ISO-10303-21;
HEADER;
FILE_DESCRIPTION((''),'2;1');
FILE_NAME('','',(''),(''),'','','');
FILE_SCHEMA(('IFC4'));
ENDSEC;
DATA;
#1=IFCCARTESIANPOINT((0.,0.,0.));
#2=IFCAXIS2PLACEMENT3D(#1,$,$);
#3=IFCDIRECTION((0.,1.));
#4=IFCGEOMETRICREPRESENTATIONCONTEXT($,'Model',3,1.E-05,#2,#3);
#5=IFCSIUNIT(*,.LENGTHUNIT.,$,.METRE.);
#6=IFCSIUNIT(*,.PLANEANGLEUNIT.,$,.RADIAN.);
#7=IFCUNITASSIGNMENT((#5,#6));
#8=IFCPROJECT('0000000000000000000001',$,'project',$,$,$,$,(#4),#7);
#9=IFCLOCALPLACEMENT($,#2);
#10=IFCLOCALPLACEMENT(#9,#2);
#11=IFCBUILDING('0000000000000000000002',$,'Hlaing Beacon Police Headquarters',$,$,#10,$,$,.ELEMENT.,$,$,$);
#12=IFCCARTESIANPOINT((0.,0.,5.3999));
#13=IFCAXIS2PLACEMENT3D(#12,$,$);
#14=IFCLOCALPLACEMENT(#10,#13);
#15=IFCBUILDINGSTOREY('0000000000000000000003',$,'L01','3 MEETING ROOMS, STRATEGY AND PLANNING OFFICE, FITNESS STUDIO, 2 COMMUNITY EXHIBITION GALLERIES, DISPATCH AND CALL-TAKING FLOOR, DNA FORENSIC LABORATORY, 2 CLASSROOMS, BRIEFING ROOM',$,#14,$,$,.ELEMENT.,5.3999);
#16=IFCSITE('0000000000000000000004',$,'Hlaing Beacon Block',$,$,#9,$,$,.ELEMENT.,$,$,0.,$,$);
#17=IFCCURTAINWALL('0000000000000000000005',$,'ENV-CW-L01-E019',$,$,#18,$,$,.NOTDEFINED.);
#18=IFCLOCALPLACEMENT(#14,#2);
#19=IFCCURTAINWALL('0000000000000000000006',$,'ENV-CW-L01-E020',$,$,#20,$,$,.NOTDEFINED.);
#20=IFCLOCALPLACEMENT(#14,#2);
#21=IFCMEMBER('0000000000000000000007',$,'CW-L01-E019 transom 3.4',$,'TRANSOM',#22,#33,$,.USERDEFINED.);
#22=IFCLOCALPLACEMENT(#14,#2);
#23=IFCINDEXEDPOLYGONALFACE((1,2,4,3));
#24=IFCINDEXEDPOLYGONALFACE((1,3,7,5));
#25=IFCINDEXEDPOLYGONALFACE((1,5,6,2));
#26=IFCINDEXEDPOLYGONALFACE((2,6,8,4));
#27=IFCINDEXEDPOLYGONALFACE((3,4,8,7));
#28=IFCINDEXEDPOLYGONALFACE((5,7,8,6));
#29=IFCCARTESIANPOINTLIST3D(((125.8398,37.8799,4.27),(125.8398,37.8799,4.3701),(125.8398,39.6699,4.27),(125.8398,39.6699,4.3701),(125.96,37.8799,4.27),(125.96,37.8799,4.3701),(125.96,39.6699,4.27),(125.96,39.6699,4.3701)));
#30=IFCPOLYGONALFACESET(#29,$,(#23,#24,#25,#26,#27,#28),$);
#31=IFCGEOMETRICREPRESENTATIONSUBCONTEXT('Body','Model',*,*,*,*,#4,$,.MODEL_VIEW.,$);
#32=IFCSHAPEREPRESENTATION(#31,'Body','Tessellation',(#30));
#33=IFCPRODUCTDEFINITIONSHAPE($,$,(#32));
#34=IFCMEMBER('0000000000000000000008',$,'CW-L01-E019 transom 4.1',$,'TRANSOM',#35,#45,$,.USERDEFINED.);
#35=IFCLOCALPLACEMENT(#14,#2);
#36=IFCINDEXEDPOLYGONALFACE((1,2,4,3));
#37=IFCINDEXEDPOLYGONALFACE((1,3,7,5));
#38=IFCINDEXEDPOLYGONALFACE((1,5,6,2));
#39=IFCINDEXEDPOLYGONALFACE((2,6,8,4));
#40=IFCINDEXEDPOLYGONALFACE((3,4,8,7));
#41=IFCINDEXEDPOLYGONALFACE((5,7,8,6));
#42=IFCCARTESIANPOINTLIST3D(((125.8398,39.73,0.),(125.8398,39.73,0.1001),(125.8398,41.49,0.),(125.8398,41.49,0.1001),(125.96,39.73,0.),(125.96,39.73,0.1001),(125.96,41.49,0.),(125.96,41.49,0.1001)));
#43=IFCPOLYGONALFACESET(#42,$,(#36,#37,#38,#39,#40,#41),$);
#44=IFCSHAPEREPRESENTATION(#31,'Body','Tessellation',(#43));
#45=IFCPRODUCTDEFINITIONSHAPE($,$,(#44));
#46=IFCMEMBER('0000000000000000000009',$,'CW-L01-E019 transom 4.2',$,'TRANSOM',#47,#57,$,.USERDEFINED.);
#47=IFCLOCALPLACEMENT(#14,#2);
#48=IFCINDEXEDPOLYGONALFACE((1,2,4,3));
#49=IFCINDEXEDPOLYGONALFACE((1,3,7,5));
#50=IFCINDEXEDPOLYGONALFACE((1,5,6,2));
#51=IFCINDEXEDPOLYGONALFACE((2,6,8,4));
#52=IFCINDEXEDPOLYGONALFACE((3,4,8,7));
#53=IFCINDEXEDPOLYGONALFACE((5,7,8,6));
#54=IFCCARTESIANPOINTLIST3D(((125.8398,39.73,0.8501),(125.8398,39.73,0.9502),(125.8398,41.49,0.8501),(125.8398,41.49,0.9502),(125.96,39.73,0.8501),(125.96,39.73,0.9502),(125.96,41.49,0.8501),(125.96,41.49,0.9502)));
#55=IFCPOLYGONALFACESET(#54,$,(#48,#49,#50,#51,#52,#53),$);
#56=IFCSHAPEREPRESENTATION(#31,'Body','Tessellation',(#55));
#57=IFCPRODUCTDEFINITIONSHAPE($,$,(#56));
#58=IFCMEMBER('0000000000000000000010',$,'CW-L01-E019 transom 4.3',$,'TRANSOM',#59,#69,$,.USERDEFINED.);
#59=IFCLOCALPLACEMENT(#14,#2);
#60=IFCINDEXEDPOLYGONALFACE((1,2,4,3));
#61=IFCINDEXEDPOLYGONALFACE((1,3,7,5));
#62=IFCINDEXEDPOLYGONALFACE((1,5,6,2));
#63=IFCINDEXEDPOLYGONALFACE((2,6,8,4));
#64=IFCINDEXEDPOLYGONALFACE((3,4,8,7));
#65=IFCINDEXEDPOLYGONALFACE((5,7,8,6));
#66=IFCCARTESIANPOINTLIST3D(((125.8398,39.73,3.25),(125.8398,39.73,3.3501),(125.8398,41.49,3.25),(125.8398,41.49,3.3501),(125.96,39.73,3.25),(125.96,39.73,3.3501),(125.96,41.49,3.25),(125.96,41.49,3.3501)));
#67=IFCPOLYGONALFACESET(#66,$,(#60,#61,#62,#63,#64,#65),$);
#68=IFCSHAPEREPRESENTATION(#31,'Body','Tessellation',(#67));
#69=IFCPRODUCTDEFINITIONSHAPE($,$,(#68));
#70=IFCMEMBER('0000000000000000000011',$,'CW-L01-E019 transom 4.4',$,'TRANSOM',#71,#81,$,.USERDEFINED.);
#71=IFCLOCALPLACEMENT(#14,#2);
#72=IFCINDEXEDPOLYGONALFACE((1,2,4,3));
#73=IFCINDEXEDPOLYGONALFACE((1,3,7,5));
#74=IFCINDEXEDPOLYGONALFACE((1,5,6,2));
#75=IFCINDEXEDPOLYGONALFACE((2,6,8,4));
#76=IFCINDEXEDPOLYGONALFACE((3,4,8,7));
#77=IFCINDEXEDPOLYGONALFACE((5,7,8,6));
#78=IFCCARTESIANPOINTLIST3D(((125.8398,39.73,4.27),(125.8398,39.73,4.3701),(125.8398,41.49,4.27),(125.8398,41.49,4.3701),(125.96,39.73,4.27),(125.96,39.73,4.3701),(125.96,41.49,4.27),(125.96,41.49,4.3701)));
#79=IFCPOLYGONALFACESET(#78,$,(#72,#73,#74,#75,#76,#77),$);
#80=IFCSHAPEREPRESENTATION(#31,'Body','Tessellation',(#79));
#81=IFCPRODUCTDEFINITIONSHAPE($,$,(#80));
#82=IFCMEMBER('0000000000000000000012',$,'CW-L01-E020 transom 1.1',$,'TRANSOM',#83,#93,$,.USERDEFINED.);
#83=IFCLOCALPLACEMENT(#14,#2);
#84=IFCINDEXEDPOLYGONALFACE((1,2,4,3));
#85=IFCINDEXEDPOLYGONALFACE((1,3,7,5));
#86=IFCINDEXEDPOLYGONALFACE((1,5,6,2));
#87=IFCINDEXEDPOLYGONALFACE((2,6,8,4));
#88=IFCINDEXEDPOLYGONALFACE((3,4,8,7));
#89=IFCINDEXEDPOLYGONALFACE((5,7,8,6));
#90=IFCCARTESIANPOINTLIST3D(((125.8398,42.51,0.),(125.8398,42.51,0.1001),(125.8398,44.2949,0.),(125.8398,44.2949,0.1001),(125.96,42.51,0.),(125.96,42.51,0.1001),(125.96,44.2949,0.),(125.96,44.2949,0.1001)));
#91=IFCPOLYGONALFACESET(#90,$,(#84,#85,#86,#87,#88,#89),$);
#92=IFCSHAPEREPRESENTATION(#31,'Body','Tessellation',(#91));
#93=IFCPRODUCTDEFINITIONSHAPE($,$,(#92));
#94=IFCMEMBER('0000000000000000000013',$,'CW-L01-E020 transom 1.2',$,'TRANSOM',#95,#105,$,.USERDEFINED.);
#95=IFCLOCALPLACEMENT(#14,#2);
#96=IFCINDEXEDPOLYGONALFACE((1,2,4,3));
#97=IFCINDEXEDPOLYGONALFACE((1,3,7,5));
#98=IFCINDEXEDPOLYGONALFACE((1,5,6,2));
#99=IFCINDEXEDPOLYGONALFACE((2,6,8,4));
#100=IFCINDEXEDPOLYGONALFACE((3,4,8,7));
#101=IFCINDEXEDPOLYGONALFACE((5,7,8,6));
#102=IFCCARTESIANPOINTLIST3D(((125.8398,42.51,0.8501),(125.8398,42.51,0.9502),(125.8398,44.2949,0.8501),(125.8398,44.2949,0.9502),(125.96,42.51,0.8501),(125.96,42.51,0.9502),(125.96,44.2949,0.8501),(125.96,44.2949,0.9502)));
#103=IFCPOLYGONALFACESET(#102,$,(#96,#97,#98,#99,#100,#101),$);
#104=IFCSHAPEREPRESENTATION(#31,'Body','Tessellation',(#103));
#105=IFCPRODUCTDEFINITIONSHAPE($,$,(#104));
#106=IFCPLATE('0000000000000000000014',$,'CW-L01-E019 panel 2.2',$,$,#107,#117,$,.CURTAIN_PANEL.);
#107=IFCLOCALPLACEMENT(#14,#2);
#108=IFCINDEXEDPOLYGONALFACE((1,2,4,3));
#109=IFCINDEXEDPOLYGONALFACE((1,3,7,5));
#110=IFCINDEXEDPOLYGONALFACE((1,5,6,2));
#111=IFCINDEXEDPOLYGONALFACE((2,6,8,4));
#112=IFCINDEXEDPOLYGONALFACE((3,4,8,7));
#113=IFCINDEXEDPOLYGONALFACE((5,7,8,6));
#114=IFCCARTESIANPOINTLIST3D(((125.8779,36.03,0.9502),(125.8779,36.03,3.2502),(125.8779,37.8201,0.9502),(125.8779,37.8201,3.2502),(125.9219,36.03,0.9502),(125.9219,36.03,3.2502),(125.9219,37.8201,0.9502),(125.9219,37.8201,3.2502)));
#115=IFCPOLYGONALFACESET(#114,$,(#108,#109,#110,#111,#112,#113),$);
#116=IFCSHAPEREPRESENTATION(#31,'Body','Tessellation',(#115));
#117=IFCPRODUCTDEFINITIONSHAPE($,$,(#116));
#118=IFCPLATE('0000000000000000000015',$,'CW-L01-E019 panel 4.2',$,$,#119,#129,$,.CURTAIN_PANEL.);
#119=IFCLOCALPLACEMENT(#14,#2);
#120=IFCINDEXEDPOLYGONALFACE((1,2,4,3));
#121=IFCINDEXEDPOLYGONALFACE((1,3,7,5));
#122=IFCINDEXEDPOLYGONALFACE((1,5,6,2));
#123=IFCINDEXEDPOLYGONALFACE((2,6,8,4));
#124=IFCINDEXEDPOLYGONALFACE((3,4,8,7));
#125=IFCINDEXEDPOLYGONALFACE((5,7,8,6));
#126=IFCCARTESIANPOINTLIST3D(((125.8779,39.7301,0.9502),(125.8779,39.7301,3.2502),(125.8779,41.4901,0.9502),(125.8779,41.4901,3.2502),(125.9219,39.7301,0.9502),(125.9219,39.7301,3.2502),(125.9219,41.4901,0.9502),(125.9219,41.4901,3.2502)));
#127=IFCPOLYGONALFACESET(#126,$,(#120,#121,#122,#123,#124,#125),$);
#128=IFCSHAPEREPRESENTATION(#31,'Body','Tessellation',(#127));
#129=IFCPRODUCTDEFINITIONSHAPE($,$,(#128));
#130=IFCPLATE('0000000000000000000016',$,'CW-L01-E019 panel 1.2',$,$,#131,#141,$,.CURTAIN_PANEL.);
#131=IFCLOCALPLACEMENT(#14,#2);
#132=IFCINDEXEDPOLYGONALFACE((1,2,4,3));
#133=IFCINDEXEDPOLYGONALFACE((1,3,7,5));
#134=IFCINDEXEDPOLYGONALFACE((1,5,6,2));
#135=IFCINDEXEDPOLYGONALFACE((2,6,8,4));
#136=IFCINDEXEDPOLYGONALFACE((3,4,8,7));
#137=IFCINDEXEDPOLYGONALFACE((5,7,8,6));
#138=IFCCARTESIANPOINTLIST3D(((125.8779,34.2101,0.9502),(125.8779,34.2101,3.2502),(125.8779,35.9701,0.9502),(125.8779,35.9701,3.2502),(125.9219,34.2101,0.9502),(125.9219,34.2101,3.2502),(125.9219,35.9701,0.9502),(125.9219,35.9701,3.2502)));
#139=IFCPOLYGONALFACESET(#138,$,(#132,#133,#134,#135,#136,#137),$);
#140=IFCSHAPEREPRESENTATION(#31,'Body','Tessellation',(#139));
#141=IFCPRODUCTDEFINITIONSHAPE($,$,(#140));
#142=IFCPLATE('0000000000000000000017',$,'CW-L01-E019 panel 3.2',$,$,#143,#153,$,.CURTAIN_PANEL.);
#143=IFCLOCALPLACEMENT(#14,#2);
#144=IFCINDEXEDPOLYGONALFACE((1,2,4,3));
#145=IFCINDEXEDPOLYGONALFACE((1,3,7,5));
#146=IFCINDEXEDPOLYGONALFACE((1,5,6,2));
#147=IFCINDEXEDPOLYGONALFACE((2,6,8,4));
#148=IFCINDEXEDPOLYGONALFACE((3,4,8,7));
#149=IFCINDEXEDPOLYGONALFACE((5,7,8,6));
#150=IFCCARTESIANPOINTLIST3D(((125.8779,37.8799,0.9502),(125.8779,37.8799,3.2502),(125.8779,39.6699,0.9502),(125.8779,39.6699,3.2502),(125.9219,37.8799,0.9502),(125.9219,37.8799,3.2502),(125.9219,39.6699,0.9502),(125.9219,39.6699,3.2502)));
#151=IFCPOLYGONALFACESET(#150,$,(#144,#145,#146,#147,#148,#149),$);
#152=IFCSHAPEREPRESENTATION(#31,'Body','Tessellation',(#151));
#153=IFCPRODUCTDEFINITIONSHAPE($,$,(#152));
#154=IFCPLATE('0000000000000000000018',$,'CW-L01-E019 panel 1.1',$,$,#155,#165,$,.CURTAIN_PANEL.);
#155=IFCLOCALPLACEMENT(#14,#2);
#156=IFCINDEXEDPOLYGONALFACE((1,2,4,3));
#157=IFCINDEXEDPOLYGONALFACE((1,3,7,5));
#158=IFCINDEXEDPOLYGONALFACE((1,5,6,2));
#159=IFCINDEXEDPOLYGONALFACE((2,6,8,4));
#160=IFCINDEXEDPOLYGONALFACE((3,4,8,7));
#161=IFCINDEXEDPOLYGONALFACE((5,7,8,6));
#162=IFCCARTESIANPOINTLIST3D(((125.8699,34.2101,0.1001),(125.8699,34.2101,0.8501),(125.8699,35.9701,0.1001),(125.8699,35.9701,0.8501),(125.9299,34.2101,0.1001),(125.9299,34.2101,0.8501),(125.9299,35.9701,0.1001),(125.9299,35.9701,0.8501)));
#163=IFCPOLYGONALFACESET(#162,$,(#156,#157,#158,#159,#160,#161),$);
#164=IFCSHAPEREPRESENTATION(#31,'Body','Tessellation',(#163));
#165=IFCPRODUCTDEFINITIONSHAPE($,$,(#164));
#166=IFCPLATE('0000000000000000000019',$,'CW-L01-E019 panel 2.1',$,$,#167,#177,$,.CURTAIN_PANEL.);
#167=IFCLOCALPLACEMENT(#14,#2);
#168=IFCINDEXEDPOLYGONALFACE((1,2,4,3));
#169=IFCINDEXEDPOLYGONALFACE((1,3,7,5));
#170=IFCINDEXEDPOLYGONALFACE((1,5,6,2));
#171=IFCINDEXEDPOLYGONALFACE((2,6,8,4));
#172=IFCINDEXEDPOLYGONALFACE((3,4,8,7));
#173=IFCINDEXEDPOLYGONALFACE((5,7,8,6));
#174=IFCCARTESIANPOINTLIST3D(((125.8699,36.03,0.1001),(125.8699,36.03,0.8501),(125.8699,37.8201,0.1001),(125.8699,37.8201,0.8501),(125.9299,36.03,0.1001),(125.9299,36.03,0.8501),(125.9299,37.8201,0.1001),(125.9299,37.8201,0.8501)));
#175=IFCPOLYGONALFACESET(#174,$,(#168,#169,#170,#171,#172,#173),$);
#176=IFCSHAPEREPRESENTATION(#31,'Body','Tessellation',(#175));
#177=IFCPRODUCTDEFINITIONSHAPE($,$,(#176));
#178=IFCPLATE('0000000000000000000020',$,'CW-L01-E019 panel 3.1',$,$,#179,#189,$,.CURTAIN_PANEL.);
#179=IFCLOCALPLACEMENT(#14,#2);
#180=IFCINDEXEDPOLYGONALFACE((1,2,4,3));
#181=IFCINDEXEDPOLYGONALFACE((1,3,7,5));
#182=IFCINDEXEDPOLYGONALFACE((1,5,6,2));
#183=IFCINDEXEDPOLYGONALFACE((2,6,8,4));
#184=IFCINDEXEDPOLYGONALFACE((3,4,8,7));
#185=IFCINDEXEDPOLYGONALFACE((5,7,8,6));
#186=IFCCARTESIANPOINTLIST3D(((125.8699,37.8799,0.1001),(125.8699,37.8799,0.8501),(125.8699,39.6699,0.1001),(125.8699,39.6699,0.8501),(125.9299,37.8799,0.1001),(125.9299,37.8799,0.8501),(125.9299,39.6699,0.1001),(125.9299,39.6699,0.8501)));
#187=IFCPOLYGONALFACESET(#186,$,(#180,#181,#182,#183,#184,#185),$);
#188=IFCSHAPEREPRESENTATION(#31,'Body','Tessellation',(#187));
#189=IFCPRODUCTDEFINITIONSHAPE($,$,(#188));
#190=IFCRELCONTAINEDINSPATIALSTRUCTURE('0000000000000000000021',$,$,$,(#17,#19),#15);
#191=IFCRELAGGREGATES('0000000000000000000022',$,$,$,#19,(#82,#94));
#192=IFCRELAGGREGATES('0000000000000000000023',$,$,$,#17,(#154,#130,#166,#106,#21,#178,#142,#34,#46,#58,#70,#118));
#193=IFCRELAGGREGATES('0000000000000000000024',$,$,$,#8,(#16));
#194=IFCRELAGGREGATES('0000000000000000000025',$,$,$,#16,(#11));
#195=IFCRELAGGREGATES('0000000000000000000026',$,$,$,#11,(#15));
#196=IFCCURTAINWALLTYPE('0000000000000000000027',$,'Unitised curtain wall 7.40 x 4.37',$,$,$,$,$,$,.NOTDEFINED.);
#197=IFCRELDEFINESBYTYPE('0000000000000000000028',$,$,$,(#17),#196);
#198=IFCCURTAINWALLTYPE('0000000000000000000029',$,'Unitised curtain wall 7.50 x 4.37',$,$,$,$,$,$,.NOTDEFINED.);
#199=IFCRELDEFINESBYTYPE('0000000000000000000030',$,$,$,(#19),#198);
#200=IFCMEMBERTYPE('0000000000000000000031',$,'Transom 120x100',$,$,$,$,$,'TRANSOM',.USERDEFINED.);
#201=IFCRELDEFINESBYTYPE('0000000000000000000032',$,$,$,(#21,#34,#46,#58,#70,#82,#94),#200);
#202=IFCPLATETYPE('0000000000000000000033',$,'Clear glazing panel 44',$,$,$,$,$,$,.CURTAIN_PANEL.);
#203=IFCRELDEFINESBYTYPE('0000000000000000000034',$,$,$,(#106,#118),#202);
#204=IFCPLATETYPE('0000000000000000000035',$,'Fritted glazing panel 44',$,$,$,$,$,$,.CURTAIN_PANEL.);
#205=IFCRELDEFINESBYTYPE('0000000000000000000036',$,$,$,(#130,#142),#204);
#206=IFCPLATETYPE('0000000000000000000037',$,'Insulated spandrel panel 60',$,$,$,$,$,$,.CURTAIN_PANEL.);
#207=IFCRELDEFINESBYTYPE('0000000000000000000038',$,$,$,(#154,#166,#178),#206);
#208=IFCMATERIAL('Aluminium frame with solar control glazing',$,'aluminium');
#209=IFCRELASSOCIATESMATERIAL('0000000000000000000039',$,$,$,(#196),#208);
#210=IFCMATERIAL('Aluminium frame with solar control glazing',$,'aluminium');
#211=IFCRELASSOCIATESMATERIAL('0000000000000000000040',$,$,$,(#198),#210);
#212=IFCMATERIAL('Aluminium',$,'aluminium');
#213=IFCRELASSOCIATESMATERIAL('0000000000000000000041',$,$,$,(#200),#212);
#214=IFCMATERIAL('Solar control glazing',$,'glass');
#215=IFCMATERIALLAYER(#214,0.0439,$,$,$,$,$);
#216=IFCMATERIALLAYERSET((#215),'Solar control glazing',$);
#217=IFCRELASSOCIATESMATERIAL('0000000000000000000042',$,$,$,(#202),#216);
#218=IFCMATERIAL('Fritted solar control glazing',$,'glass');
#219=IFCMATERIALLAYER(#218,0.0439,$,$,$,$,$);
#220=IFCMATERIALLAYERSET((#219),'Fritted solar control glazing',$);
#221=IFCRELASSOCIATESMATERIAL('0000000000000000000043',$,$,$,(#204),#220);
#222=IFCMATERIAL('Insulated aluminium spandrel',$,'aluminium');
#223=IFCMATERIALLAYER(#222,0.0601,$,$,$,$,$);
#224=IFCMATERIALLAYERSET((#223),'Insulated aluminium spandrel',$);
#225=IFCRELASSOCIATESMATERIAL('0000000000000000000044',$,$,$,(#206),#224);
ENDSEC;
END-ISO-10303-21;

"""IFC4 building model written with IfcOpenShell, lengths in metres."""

from ifc_helpers import new_model, si_unit, direction, frame, origin, origin_2d, place, context, subcontext, project, spatial, rectangle, extrude, material, layer, layer_set, material_profile, profile_set, type_object, element, aggregate, save


model = new_model("IFC4")

# Units and contexts
model_context = context("Model", 3, precision=1e-05, world=origin(), true_north=direction((0.0, 1.0)))
body_context = subcontext(model_context, "Body", "Model", "MODEL_VIEW")
ifc_project = project(units=[si_unit("LENGTHUNIT", "METRE"), si_unit("PLANEANGLEUNIT", "RADIAN")], contexts=[model_context])

# Site, building, storey
site_placement = place(None, origin())
site = spatial("IfcSite", under=ifc_project, at=site_placement, Name="Hlaing Beacon Block", CompositionType="ELEMENT", RefElevation=0.0)
building_placement = place(site_placement, origin())
building = spatial("IfcBuilding", under=site, at=building_placement, Name="Hlaing Beacon Police Headquarters", CompositionType="ELEMENT")
storey_placement = place(building_placement, frame((0.0, 0.0, 5.3999)))
storey = spatial("IfcBuildingStorey", under=building, at=storey_placement, Name="L01", Description="3 MEETING ROOMS, STRATEGY AND PLANNING OFFICE, FITNESS STUDIO, 2 COMMUNITY EXHIBITION GALLERIES, DISPATCH AND CALL-TAKING FLOOR, DNA FORENSIC LABORATORY, 2 CLASSROOMS, BRIEFING ROOM", CompositionType="ELEMENT", Elevation=5.3999)

# Curtain wall
ifc_material_1 = material(Name="Aluminium frame with solar control glazing", Category="aluminium")
curtain_wall_type_1 = type_object("IfcCurtainWallType", Name="Unitised curtain wall 7.40 x 4.37", PredefinedType="NOTDEFINED", material=ifc_material_1)
curtain_wall_1_placement = place(storey_placement, origin())
curtain_wall_1 = element("IfcCurtainWall", 1, at=curtain_wall_1_placement, inside=storey, type_object=curtain_wall_type_1, Name="ENV-CW-L01-E019", PredefinedType="NOTDEFINED")

# Curtain wall
ifc_material_2 = material(Name="Aluminium frame with solar control glazing", Category="aluminium")
curtain_wall_type_2 = type_object("IfcCurtainWallType", Name="Unitised curtain wall 7.50 x 4.37", PredefinedType="NOTDEFINED", material=ifc_material_2)
curtain_wall_2_placement = place(storey_placement, origin())
curtain_wall_2 = element("IfcCurtainWall", 2, at=curtain_wall_2_placement, inside=storey, type_object=curtain_wall_type_2, Name="ENV-CW-L01-E020", PredefinedType="NOTDEFINED")

# Members
ifc_material_3 = material(Name="Aluminium", Category="aluminium")
ifc_material_profile_1 = material_profile(ifc_material_3, rectangle(XDim=0.1201, YDim=0.1001, at=origin_2d()), Name="Transom 120x100")
ifc_profile_set_1 = profile_set([ifc_material_profile_1], Name="Aluminium")
member_type_1 = type_object("IfcMemberType", Name="Transom 120x100", ElementType="TRANSOM", PredefinedType="USERDEFINED", material=ifc_profile_set_1)
member_1_placement = place(storey_placement, frame((125.8999, 37.8799, 4.3201), z_axis=(0.0, 1.0, 0.0), x_axis=(-1.0, 0.0, 0.0)))
member_1 = element("IfcMember", 3, at=member_1_placement, type_object=member_type_1, Name="CW-L01-E019 transom 3.4", ObjectType="TRANSOM", PredefinedType="USERDEFINED", context=body_context, shape_type="SweptSolid", body=[
    extrude(rectangle(XDim=0.1201, YDim=0.1001, at=origin_2d()), origin(), (0.0, 0.0, 1.0), 1.79),
])
member_2_placement = place(storey_placement, frame((125.8999, 39.73, 0.05), z_axis=(0.0, 1.0, 0.0), x_axis=(-1.0, 0.0, 0.0)))
member_2 = element("IfcMember", 4, at=member_2_placement, type_object=member_type_1, Name="CW-L01-E019 transom 4.1", ObjectType="TRANSOM", PredefinedType="USERDEFINED", context=body_context, shape_type="SweptSolid", body=[
    extrude(rectangle(XDim=0.1201, YDim=0.1001, at=origin_2d()), origin(), (0.0, 0.0, 1.0), 1.76),
])
member_3_placement = place(storey_placement, frame((125.8999, 39.73, 0.9001), z_axis=(0.0, 1.0, 0.0), x_axis=(-1.0, 0.0, 0.0)))
member_3 = element("IfcMember", 5, at=member_3_placement, type_object=member_type_1, Name="CW-L01-E019 transom 4.2", ObjectType="TRANSOM", PredefinedType="USERDEFINED", context=body_context, shape_type="SweptSolid", body=[
    extrude(rectangle(XDim=0.1201, YDim=0.1001, at=origin_2d()), origin(), (0.0, 0.0, 1.0), 1.76),
])
member_4_placement = place(storey_placement, frame((125.8999, 39.73, 3.3), z_axis=(0.0, 1.0, 0.0), x_axis=(-1.0, 0.0, 0.0)))
member_4 = element("IfcMember", 6, at=member_4_placement, type_object=member_type_1, Name="CW-L01-E019 transom 4.3", ObjectType="TRANSOM", PredefinedType="USERDEFINED", context=body_context, shape_type="SweptSolid", body=[
    extrude(rectangle(XDim=0.1201, YDim=0.1001, at=origin_2d()), origin(), (0.0, 0.0, 1.0), 1.76),
])
member_5_placement = place(storey_placement, frame((125.8999, 39.73, 4.3201), z_axis=(0.0, 1.0, 0.0), x_axis=(-1.0, 0.0, 0.0)))
member_5 = element("IfcMember", 7, at=member_5_placement, type_object=member_type_1, Name="CW-L01-E019 transom 4.4", ObjectType="TRANSOM", PredefinedType="USERDEFINED", context=body_context, shape_type="SweptSolid", body=[
    extrude(rectangle(XDim=0.1201, YDim=0.1001, at=origin_2d()), origin(), (0.0, 0.0, 1.0), 1.76),
])
member_6_placement = place(storey_placement, frame((125.8999, 42.51, 0.05), z_axis=(0.0, 1.0, 0.0), x_axis=(-1.0, 0.0, 0.0)))
member_6 = element("IfcMember", 8, at=member_6_placement, type_object=member_type_1, Name="CW-L01-E020 transom 1.1", ObjectType="TRANSOM", PredefinedType="USERDEFINED", context=body_context, shape_type="SweptSolid", body=[
    extrude(rectangle(XDim=0.1201, YDim=0.1001, at=origin_2d()), origin(), (0.0, 0.0, 1.0), 1.7849),
])
member_7_placement = place(storey_placement, frame((125.8999, 42.51, 0.9001), z_axis=(0.0, 1.0, 0.0), x_axis=(-1.0, 0.0, 0.0)))
member_7 = element("IfcMember", 9, at=member_7_placement, type_object=member_type_1, Name="CW-L01-E020 transom 1.2", ObjectType="TRANSOM", PredefinedType="USERDEFINED", context=body_context, shape_type="SweptSolid", body=[
    extrude(rectangle(XDim=0.1201, YDim=0.1001, at=origin_2d()), origin(), (0.0, 0.0, 1.0), 1.7849),
])
aggregate(curtain_wall_2, [member_6, member_7])

# Plates
ifc_material_4 = material(Name="Solar control glazing", Category="glass")
ifc_layer_1 = layer(ifc_material_4, 0.0439)
ifc_layer_set_1 = layer_set([ifc_layer_1], Name="Solar control glazing")
plate_type_1 = type_object("IfcPlateType", Name="Clear glazing panel 44", PredefinedType="CURTAIN_PANEL", material=ifc_layer_set_1)
plate_1_placement = place(storey_placement, frame((125.8999, 36.925, 0.9502), z_axis=(0.0, 0.0, 1.0), x_axis=(0.0, 1.0, 0.0)))
plate_1 = element("IfcPlate", 10, at=plate_1_placement, type_object=plate_type_1, Name="CW-L01-E019 panel 2.2", PredefinedType="CURTAIN_PANEL", context=body_context, shape_type="SweptSolid", body=[
    extrude(rectangle(XDim=1.79, YDim=0.0439, at=origin_2d()), origin(), (0.0, 0.0, 1.0), 2.3),
])
plate_2_placement = place(storey_placement, frame((125.8999, 40.6101, 0.9502), z_axis=(0.0, 0.0, 1.0), x_axis=(0.0, 1.0, 0.0)))
plate_2 = element("IfcPlate", 11, at=plate_2_placement, type_object=plate_type_1, Name="CW-L01-E019 panel 4.2", PredefinedType="CURTAIN_PANEL", context=body_context, shape_type="SweptSolid", body=[
    extrude(rectangle(XDim=1.76, YDim=0.0439, at=origin_2d()), origin(), (0.0, 0.0, 1.0), 2.3),
])
ifc_material_5 = material(Name="Fritted solar control glazing", Category="glass")
ifc_layer_2 = layer(ifc_material_5, 0.0439)
ifc_layer_set_2 = layer_set([ifc_layer_2], Name="Fritted solar control glazing")
plate_type_2 = type_object("IfcPlateType", Name="Fritted glazing panel 44", PredefinedType="CURTAIN_PANEL", material=ifc_layer_set_2)
plate_3_placement = place(storey_placement, frame((125.8999, 35.0901, 0.9502), z_axis=(0.0, 0.0, 1.0), x_axis=(0.0, 1.0, 0.0)))
plate_3 = element("IfcPlate", 12, at=plate_3_placement, type_object=plate_type_2, Name="CW-L01-E019 panel 1.2", PredefinedType="CURTAIN_PANEL", context=body_context, shape_type="SweptSolid", body=[
    extrude(rectangle(XDim=1.76, YDim=0.0439, at=origin_2d()), origin(), (0.0, 0.0, 1.0), 2.3),
])
plate_4_placement = place(storey_placement, frame((125.8999, 38.7749, 0.9502), z_axis=(0.0, 0.0, 1.0), x_axis=(0.0, 1.0, 0.0)))
plate_4 = element("IfcPlate", 13, at=plate_4_placement, type_object=plate_type_2, Name="CW-L01-E019 panel 3.2", PredefinedType="CURTAIN_PANEL", context=body_context, shape_type="SweptSolid", body=[
    extrude(rectangle(XDim=1.79, YDim=0.0439, at=origin_2d()), origin(), (0.0, 0.0, 1.0), 2.3),
])
ifc_material_6 = material(Name="Insulated aluminium spandrel", Category="aluminium")
ifc_layer_3 = layer(ifc_material_6, 0.0601)
ifc_layer_set_3 = layer_set([ifc_layer_3], Name="Insulated aluminium spandrel")
plate_type_3 = type_object("IfcPlateType", Name="Insulated spandrel panel 60", PredefinedType="CURTAIN_PANEL", material=ifc_layer_set_3)
plate_5_placement = place(storey_placement, frame((125.8999, 35.0901, 0.1001), z_axis=(0.0, 0.0, 1.0), x_axis=(0.0, 1.0, 0.0)))
plate_5 = element("IfcPlate", 14, at=plate_5_placement, type_object=plate_type_3, Name="CW-L01-E019 panel 1.1", PredefinedType="CURTAIN_PANEL", context=body_context, shape_type="SweptSolid", body=[
    extrude(rectangle(XDim=1.76, YDim=0.0601, at=origin_2d()), origin(), (0.0, 0.0, 1.0), 0.75),
])
plate_6_placement = place(storey_placement, frame((125.8999, 36.925, 0.1001), z_axis=(0.0, 0.0, 1.0), x_axis=(0.0, 1.0, 0.0)))
plate_6 = element("IfcPlate", 15, at=plate_6_placement, type_object=plate_type_3, Name="CW-L01-E019 panel 2.1", PredefinedType="CURTAIN_PANEL", context=body_context, shape_type="SweptSolid", body=[
    extrude(rectangle(XDim=1.79, YDim=0.0601, at=origin_2d()), origin(), (0.0, 0.0, 1.0), 0.75),
])
plate_7_placement = place(storey_placement, frame((125.8999, 38.7749, 0.1001), z_axis=(0.0, 0.0, 1.0), x_axis=(0.0, 1.0, 0.0)))
plate_7 = element("IfcPlate", 16, at=plate_7_placement, type_object=plate_type_3, Name="CW-L01-E019 panel 3.1", PredefinedType="CURTAIN_PANEL", context=body_context, shape_type="SweptSolid", body=[
    extrude(rectangle(XDim=1.79, YDim=0.0601, at=origin_2d()), origin(), (0.0, 0.0, 1.0), 0.75),
])
aggregate(curtain_wall_1, [plate_5, plate_3, plate_6, plate_1, member_1, plate_7, plate_4, member_2, member_3, member_4, member_5, plate_2])

save(model, "model.ifc")
